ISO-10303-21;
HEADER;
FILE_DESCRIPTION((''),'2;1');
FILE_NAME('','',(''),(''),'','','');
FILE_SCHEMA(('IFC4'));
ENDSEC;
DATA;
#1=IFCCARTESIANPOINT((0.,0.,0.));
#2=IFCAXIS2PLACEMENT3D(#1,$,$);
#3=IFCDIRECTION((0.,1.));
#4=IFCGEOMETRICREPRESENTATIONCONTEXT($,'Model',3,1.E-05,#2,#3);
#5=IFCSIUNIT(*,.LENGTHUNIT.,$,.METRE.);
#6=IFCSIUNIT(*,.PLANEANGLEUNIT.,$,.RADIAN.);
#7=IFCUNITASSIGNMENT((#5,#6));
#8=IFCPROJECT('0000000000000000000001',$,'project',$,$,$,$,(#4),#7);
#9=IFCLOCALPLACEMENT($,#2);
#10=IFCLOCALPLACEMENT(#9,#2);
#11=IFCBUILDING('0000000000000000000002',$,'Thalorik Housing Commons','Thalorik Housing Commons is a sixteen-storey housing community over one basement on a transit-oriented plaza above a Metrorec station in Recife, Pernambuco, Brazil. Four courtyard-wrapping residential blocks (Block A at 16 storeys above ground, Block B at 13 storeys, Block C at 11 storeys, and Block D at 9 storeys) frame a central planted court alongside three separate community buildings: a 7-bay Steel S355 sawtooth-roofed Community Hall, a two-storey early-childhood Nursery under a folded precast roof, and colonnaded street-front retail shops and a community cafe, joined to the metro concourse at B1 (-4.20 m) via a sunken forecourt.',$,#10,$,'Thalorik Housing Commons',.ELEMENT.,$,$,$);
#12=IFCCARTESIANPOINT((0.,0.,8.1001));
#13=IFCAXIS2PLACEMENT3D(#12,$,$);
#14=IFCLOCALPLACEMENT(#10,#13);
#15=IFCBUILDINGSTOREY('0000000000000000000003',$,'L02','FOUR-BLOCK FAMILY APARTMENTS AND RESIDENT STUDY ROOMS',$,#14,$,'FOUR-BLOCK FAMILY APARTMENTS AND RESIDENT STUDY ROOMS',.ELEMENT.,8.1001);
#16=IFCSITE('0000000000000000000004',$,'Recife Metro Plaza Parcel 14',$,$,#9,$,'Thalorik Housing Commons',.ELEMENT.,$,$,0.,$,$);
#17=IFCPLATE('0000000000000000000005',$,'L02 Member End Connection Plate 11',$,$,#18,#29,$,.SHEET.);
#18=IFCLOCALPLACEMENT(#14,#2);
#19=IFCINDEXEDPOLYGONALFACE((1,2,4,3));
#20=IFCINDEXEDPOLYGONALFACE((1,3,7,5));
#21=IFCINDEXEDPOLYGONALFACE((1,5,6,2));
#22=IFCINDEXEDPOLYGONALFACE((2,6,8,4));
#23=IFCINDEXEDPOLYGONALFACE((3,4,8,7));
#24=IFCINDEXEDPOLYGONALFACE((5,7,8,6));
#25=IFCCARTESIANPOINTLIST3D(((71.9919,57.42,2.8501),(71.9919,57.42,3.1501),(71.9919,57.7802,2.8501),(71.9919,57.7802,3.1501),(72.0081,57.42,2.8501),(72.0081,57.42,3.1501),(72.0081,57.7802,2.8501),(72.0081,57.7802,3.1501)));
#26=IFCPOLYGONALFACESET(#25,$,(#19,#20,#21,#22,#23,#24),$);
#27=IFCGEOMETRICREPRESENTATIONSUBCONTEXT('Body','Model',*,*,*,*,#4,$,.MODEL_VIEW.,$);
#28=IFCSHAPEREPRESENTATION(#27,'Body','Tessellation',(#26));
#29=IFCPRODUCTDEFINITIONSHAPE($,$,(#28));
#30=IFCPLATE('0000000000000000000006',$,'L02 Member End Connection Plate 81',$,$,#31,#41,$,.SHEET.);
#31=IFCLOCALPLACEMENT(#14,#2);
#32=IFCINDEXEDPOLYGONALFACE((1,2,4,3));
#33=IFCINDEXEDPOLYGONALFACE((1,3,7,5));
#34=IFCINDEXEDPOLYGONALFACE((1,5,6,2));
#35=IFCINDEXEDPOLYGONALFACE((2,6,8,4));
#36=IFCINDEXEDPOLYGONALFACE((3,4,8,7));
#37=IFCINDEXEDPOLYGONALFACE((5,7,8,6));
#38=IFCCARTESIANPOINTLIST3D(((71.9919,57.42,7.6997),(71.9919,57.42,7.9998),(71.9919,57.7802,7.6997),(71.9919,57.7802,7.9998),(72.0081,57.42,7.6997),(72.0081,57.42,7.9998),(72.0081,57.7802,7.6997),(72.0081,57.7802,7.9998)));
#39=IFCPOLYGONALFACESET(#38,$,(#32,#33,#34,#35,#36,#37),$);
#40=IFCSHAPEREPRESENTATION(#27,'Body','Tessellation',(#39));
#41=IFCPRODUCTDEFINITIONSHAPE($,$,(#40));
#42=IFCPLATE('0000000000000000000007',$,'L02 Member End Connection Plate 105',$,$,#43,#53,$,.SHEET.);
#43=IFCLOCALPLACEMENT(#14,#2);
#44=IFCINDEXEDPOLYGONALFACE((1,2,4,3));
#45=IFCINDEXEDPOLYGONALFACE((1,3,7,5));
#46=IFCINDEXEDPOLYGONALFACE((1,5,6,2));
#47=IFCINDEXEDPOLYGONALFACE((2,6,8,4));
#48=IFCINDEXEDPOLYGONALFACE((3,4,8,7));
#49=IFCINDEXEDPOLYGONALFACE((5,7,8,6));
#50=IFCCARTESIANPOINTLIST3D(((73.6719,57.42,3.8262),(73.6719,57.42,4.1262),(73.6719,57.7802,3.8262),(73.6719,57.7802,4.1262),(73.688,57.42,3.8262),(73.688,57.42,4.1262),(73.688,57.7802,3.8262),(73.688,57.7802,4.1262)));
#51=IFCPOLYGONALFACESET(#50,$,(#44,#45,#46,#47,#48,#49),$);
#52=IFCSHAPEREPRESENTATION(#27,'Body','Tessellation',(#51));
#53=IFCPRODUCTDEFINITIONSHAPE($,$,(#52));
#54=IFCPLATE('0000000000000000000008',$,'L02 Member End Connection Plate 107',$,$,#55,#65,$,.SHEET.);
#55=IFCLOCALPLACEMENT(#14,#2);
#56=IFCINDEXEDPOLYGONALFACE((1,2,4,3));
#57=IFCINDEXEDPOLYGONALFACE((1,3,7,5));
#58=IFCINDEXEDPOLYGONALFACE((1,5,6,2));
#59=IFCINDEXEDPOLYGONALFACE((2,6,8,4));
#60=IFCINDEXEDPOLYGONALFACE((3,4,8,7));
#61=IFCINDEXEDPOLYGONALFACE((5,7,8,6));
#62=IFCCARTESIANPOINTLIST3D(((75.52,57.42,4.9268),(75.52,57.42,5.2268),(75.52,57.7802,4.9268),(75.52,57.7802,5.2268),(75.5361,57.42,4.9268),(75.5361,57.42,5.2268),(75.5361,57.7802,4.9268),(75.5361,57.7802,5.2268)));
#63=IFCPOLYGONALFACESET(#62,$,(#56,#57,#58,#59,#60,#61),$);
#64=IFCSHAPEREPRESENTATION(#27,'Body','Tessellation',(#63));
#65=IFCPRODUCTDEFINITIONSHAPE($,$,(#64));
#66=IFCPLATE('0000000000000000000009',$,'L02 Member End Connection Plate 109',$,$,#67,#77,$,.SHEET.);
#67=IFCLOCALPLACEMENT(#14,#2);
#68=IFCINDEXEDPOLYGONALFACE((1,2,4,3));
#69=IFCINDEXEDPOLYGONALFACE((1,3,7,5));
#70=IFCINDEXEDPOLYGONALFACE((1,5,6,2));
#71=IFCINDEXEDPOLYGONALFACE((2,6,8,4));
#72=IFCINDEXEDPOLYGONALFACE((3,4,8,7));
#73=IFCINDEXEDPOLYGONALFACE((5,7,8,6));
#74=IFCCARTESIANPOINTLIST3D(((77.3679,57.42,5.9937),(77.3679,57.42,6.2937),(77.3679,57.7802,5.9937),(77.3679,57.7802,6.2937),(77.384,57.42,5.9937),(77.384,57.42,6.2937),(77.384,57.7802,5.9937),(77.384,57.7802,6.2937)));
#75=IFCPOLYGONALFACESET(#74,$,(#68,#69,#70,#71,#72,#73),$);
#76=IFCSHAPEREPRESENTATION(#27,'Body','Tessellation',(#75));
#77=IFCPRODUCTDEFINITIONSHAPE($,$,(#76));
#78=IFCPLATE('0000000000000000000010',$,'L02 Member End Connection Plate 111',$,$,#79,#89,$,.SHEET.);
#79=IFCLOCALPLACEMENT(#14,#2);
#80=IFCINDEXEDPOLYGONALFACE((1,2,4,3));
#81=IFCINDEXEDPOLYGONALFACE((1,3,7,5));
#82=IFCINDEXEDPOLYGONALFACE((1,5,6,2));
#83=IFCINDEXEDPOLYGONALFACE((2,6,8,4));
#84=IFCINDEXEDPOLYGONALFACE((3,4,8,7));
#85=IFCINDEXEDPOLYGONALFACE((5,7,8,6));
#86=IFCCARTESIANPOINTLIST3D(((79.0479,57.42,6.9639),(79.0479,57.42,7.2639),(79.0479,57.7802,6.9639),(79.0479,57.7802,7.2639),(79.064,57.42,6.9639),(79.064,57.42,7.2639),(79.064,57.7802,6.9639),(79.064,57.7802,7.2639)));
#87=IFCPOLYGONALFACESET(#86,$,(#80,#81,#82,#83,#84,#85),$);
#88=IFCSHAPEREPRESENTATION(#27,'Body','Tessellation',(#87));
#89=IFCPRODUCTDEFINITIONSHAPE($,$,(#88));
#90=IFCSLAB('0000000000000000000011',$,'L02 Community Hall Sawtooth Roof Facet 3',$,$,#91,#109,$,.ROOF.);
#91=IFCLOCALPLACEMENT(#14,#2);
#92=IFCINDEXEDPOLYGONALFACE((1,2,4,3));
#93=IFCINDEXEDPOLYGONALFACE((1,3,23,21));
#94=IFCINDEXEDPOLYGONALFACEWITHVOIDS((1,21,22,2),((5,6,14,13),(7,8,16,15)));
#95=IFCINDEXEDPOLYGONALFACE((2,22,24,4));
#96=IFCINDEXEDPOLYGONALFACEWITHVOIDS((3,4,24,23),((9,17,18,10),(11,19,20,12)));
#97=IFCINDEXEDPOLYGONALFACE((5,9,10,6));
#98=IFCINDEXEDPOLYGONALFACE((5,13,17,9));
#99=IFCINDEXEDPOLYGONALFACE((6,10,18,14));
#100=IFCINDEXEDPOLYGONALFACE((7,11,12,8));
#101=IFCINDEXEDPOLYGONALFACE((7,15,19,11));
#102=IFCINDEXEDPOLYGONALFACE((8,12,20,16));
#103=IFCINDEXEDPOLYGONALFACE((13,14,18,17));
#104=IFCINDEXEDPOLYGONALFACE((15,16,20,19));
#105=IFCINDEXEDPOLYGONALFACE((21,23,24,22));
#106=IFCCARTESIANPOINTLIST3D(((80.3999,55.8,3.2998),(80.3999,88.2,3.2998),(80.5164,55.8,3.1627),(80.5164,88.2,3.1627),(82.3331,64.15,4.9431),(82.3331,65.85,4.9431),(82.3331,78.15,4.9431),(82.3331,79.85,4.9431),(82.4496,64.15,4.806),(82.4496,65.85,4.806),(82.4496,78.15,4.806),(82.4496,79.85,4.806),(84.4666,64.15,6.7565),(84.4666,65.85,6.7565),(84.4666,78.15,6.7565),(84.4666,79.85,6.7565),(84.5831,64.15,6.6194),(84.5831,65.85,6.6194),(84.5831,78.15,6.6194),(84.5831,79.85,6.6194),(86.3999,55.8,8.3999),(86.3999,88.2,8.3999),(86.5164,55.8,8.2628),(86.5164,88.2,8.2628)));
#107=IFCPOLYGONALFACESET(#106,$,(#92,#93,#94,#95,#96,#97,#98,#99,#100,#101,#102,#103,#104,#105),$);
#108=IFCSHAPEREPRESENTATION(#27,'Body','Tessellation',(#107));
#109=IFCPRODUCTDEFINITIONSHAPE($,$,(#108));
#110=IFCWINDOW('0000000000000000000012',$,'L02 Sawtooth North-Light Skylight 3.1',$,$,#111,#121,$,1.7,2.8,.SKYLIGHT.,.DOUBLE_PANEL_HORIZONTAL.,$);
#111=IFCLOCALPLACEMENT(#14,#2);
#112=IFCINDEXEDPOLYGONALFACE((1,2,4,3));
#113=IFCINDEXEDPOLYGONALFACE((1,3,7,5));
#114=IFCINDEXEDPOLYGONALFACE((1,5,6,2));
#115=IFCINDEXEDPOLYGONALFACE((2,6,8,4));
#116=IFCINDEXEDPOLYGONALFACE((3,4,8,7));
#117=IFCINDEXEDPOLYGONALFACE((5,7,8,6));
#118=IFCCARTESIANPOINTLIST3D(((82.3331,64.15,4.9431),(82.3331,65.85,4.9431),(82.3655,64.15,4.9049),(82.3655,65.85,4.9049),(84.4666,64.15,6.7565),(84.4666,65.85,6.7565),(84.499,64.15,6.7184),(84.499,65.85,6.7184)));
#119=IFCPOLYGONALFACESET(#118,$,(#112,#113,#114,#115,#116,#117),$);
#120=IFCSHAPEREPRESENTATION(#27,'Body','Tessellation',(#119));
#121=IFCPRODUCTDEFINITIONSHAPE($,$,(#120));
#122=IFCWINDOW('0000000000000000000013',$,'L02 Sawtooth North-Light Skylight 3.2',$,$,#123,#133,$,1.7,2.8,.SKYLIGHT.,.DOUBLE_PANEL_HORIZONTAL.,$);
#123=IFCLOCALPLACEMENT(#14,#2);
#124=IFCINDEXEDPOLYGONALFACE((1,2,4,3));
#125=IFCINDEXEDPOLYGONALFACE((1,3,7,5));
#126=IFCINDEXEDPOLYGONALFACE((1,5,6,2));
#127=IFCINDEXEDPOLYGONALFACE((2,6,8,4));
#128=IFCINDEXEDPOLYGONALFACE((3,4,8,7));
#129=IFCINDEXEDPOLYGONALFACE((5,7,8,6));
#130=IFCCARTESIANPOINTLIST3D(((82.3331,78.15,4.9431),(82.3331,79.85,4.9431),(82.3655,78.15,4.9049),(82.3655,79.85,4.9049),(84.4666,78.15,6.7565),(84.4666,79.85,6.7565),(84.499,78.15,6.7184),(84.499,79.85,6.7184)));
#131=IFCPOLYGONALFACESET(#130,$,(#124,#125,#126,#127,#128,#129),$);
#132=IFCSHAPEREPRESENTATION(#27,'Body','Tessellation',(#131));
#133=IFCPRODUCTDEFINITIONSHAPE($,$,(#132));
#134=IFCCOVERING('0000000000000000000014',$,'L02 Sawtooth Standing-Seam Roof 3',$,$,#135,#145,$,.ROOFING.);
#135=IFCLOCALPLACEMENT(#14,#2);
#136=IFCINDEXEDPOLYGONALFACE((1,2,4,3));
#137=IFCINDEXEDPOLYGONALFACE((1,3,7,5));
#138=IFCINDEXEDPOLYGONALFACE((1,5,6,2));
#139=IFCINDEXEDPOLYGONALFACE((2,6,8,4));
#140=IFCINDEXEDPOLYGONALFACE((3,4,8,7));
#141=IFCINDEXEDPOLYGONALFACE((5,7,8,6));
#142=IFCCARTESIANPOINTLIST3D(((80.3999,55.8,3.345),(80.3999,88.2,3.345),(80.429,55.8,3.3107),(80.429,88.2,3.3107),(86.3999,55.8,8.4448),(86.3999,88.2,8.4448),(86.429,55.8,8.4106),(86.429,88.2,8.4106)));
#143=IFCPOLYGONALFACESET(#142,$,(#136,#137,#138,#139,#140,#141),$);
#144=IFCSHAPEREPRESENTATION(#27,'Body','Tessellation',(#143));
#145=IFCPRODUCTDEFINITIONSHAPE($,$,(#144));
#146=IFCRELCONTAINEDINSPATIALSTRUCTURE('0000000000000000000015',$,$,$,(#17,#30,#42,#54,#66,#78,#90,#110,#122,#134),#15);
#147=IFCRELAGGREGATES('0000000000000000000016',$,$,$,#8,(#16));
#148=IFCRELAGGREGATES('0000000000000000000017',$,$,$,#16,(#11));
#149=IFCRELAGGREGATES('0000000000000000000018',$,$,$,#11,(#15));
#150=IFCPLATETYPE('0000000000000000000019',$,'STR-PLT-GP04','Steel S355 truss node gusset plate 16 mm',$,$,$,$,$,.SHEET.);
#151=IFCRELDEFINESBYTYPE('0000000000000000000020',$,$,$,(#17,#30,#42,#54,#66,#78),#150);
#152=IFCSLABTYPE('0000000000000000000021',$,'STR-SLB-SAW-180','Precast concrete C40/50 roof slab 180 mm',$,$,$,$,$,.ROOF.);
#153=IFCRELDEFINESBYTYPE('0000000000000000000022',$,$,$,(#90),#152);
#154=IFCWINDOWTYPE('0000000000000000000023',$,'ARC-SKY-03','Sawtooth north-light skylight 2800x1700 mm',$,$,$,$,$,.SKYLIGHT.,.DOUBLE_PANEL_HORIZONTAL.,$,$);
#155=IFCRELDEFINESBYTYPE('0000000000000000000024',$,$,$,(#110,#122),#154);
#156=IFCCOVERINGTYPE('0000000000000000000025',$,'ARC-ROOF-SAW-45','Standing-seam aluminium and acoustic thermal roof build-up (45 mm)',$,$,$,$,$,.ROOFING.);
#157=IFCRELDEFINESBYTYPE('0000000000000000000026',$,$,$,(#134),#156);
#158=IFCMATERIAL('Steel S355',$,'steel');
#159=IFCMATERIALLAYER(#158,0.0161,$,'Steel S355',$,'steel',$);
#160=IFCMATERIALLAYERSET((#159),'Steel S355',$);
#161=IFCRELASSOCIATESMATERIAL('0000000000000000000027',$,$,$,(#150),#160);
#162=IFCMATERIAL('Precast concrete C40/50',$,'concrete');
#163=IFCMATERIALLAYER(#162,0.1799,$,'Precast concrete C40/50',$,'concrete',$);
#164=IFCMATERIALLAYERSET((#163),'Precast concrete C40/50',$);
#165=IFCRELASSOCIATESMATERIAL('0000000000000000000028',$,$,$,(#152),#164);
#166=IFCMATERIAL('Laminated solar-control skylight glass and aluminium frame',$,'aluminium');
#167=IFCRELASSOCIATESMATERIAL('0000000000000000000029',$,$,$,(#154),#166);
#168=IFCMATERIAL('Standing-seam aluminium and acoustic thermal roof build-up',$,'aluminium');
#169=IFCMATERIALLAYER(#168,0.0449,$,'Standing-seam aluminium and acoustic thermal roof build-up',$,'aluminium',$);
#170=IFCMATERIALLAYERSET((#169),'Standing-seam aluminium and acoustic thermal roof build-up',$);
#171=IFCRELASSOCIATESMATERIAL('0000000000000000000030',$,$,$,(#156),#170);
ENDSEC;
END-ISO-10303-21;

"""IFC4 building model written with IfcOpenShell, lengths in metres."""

from ifc_helpers import new_model, si_unit, direction, frame, origin, origin_2d, place, context, subcontext, project, spatial, polyline, rectangle, outline, extrude, material, layer, layer_set, type_object, element, fill, save


model = new_model("IFC4")

# Units and contexts
model_context = context("Model", 3, precision=1e-05, world=origin(), true_north=direction((0.0, 1.0)))
body_context = subcontext(model_context, "Body", "Model", "MODEL_VIEW")
ifc_project = project(units=[si_unit("LENGTHUNIT", "METRE"), si_unit("PLANEANGLEUNIT", "RADIAN")], contexts=[model_context])

# Site, building, storey
site_placement = place(None, origin())
site = spatial("IfcSite", under=ifc_project, at=site_placement, Name="Recife Metro Plaza Parcel 14", LongName="Thalorik Housing Commons", CompositionType="ELEMENT", RefElevation=0.0)
building_placement = place(site_placement, origin())
building = spatial("IfcBuilding", under=site, at=building_placement, Name="Thalorik Housing Commons", Description="Thalorik Housing Commons is a sixteen-storey housing community over one basement on a transit-oriented plaza above a Metrorec station in Recife, Pernambuco, Brazil. Four courtyard-wrapping residential blocks (Block A at 16 storeys above ground, Block B at 13 storeys, Block C at 11 storeys, and Block D at 9 storeys) frame a central planted court alongside three separate community buildings: a 7-bay Steel S355 sawtooth-roofed Community Hall, a two-storey early-childhood Nursery under a folded precast roof, and colonnaded street-front retail shops and a community cafe, joined to the metro concourse at B1 (-4.20 m) via a sunken forecourt.", LongName="Thalorik Housing Commons", CompositionType="ELEMENT")
storey_placement = place(building_placement, frame((0.0, 0.0, 8.1001)))
storey = spatial("IfcBuildingStorey", under=building, at=storey_placement, Name="L02", Description="FOUR-BLOCK FAMILY APARTMENTS AND RESIDENT STUDY ROOMS", LongName="FOUR-BLOCK FAMILY APARTMENTS AND RESIDENT STUDY ROOMS", CompositionType="ELEMENT", Elevation=8.1001)

# Shared definitions
ifc_material_1 = material(Name="Steel S355", Category="steel")

# Plates
ifc_layer_1 = layer(ifc_material_1, 0.0161, Name="Steel S355", Category="steel")
ifc_layer_set_1 = layer_set([ifc_layer_1], Name="Steel S355")
plate_type_1 = type_object("IfcPlateType", Name="STR-PLT-GP04", Description="Steel S355 truss node gusset plate 16 mm", PredefinedType="SHEET", material=ifc_layer_set_1)
for number, where, z_axis, x_axis, name in (
    (1, (72.0, 57.6001, 2.8501), (0.0, 0.0, 1.0), (1.0, 0.0, 0.0), "L02 Member End Connection Plate 11"),
    (2, (72.0, 57.6001, 7.6997), (0.0, 0.0, 1.0), (1.0, 0.0, 0.0), "L02 Member End Connection Plate 81"),
    (3, (73.6799, 57.6001, 3.8262), (0.0, 0.0, 1.0), (1.0, 0.0, 0.0), "L02 Member End Connection Plate 105"),
    (4, (75.5281, 57.6001, 4.9268), (0.0, 0.0, 1.0), (1.0, 0.0, 0.0), "L02 Member End Connection Plate 107"),
    (5, (77.376, 57.6001, 5.9937), (0.0, 0.0, 1.0), (1.0, 0.0, 0.0), "L02 Member End Connection Plate 109"),
    (6, (79.0559, 57.6001, 6.9639), (0.0, 0.0, 1.0), (1.0, 0.0, 0.0), "L02 Member End Connection Plate 111"),
):
    element("IfcPlate", number, at=place(storey_placement, frame(where, z_axis=z_axis, x_axis=x_axis)), inside=storey, type_object=plate_type_1, Name=name, PredefinedType="SHEET", context=body_context, shape_type="SweptSolid", body=[
        extrude(rectangle(XDim=0.0161, YDim=0.3601, at=origin_2d()), origin(), (0.0, 0.0, 1.0), 0.3),
    ])

# Slab, openings, windows
ifc_material_2 = material(Name="Precast concrete C40/50", Category="concrete")
ifc_layer_2 = layer(ifc_material_2, 0.1799, Name="Precast concrete C40/50", Category="concrete")
ifc_layer_set_2 = layer_set([ifc_layer_2], Name="Precast concrete C40/50")
slab_type = type_object("IfcSlabType", Name="STR-SLB-SAW-180", Description="Precast concrete C40/50 roof slab 180 mm", PredefinedType="ROOF", material=ifc_layer_set_2)
slab_placement = place(storey_placement, frame((80.3999, 55.8, 3.2998), z_axis=(-0.647656, 0.0, 0.761933), x_axis=(0.761933, 0.0, 0.647656)))
slab = element("IfcSlab", 7, at=slab_placement, inside=storey, type_object=slab_type, Name="L02 Community Hall Sawtooth Roof Facet 3", PredefinedType="ROOF", context=body_context, shape_type="SweptSolid", body=[
    extrude(outline(polyline([(0.0, 0.0), (7.8747, 0.0), (7.8747, 32.3999), (0.0, 32.3999), (0.0, 0.0)])), origin(), (0.0, 0.0, -1.0), 0.1799),
])
opening_1_placement = place(slab_placement, frame((3.9373, 9.2, 0.01), z_axis=(0.0, 0.0, -1.0), x_axis=(1.0, 0.0, 0.0)))
opening_1 = element("IfcOpeningElement", 8, at=opening_1_placement, cuts=slab, PredefinedType="OPENING", context=body_context, shape_type="SweptSolid", body=[
    extrude(rectangle(XDim=2.8, YDim=1.7, at=origin_2d()), origin(), (0.0, 0.0, 1.0), 0.2),
])
opening_2_placement = place(slab_placement, frame((3.9373, 23.2, 0.01), z_axis=(0.0, 0.0, -1.0), x_axis=(1.0, 0.0, 0.0)))
opening_2 = element("IfcOpeningElement", 9, at=opening_2_placement, cuts=slab, PredefinedType="OPENING", context=body_context, shape_type="SweptSolid", body=[
    extrude(rectangle(XDim=2.8, YDim=1.7, at=origin_2d()), origin(), (0.0, 0.0, 1.0), 0.2),
])
ifc_material_3 = material(Name="Laminated solar-control skylight glass and aluminium frame", Category="aluminium")
window_type = type_object("IfcWindowType", Name="ARC-SKY-03", Description="Sawtooth north-light skylight 2800x1700 mm", PartitioningType="DOUBLE_PANEL_HORIZONTAL", PredefinedType="SKYLIGHT", material=ifc_material_3)
window_1_placement = place(opening_1_placement, frame((0.0, 0.0, 0.01)))
window_1 = element("IfcWindow", 10, at=window_1_placement, inside=storey, type_object=window_type, Name="L02 Sawtooth North-Light Skylight 3.1", OverallHeight=1.7, OverallWidth=2.8, PartitioningType="DOUBLE_PANEL_HORIZONTAL", PredefinedType="SKYLIGHT", context=body_context, shape_type="SweptSolid", body=[
    extrude(rectangle(XDim=2.8, YDim=1.7, at=origin_2d()), origin(), (0.0, 0.0, 1.0), 0.05),
])
fill(opening_1, window_1)
window_2_placement = place(opening_2_placement, frame((0.0, 0.0, 0.01)))
window_2 = element("IfcWindow", 11, at=window_2_placement, inside=storey, type_object=window_type, Name="L02 Sawtooth North-Light Skylight 3.2", OverallHeight=1.7, OverallWidth=2.8, PartitioningType="DOUBLE_PANEL_HORIZONTAL", PredefinedType="SKYLIGHT", context=body_context, shape_type="SweptSolid", body=[
    extrude(rectangle(XDim=2.8, YDim=1.7, at=origin_2d()), origin(), (0.0, 0.0, 1.0), 0.05),
])
fill(opening_2, window_2)

# Covering
ifc_material_4 = material(Name="Standing-seam aluminium and acoustic thermal roof build-up", Category="aluminium")
ifc_layer_3 = layer(ifc_material_4, 0.0449, Name="Standing-seam aluminium and acoustic thermal roof build-up", Category="aluminium")
ifc_layer_set_3 = layer_set([ifc_layer_3], Name="Standing-seam aluminium and acoustic thermal roof build-up")
covering_type = type_object("IfcCoveringType", Name="ARC-ROOF-SAW-45", Description="Standing-seam aluminium and acoustic thermal roof build-up (45 mm)", PredefinedType="ROOFING", material=ifc_layer_set_3)
covering_placement = place(storey_placement, frame((80.3999, 55.8, 3.345), z_axis=(-0.647638, 0.0, 0.761948), x_axis=(0.761948, 0.0, 0.647638)))
element("IfcCovering", 12, at=covering_placement, inside=storey, type_object=covering_type, Name="L02 Sawtooth Standing-Seam Roof 3", PredefinedType="ROOFING", context=body_context, shape_type="SweptSolid", body=[
    extrude(outline(polyline([(0.0, 0.0), (7.8745, 0.0), (7.8745, 32.3999), (0.0, 32.3999), (0.0, 0.0)])), origin(), (0.0, 0.0, -1.0), 0.0449),
])

save(model, "model.ifc")
